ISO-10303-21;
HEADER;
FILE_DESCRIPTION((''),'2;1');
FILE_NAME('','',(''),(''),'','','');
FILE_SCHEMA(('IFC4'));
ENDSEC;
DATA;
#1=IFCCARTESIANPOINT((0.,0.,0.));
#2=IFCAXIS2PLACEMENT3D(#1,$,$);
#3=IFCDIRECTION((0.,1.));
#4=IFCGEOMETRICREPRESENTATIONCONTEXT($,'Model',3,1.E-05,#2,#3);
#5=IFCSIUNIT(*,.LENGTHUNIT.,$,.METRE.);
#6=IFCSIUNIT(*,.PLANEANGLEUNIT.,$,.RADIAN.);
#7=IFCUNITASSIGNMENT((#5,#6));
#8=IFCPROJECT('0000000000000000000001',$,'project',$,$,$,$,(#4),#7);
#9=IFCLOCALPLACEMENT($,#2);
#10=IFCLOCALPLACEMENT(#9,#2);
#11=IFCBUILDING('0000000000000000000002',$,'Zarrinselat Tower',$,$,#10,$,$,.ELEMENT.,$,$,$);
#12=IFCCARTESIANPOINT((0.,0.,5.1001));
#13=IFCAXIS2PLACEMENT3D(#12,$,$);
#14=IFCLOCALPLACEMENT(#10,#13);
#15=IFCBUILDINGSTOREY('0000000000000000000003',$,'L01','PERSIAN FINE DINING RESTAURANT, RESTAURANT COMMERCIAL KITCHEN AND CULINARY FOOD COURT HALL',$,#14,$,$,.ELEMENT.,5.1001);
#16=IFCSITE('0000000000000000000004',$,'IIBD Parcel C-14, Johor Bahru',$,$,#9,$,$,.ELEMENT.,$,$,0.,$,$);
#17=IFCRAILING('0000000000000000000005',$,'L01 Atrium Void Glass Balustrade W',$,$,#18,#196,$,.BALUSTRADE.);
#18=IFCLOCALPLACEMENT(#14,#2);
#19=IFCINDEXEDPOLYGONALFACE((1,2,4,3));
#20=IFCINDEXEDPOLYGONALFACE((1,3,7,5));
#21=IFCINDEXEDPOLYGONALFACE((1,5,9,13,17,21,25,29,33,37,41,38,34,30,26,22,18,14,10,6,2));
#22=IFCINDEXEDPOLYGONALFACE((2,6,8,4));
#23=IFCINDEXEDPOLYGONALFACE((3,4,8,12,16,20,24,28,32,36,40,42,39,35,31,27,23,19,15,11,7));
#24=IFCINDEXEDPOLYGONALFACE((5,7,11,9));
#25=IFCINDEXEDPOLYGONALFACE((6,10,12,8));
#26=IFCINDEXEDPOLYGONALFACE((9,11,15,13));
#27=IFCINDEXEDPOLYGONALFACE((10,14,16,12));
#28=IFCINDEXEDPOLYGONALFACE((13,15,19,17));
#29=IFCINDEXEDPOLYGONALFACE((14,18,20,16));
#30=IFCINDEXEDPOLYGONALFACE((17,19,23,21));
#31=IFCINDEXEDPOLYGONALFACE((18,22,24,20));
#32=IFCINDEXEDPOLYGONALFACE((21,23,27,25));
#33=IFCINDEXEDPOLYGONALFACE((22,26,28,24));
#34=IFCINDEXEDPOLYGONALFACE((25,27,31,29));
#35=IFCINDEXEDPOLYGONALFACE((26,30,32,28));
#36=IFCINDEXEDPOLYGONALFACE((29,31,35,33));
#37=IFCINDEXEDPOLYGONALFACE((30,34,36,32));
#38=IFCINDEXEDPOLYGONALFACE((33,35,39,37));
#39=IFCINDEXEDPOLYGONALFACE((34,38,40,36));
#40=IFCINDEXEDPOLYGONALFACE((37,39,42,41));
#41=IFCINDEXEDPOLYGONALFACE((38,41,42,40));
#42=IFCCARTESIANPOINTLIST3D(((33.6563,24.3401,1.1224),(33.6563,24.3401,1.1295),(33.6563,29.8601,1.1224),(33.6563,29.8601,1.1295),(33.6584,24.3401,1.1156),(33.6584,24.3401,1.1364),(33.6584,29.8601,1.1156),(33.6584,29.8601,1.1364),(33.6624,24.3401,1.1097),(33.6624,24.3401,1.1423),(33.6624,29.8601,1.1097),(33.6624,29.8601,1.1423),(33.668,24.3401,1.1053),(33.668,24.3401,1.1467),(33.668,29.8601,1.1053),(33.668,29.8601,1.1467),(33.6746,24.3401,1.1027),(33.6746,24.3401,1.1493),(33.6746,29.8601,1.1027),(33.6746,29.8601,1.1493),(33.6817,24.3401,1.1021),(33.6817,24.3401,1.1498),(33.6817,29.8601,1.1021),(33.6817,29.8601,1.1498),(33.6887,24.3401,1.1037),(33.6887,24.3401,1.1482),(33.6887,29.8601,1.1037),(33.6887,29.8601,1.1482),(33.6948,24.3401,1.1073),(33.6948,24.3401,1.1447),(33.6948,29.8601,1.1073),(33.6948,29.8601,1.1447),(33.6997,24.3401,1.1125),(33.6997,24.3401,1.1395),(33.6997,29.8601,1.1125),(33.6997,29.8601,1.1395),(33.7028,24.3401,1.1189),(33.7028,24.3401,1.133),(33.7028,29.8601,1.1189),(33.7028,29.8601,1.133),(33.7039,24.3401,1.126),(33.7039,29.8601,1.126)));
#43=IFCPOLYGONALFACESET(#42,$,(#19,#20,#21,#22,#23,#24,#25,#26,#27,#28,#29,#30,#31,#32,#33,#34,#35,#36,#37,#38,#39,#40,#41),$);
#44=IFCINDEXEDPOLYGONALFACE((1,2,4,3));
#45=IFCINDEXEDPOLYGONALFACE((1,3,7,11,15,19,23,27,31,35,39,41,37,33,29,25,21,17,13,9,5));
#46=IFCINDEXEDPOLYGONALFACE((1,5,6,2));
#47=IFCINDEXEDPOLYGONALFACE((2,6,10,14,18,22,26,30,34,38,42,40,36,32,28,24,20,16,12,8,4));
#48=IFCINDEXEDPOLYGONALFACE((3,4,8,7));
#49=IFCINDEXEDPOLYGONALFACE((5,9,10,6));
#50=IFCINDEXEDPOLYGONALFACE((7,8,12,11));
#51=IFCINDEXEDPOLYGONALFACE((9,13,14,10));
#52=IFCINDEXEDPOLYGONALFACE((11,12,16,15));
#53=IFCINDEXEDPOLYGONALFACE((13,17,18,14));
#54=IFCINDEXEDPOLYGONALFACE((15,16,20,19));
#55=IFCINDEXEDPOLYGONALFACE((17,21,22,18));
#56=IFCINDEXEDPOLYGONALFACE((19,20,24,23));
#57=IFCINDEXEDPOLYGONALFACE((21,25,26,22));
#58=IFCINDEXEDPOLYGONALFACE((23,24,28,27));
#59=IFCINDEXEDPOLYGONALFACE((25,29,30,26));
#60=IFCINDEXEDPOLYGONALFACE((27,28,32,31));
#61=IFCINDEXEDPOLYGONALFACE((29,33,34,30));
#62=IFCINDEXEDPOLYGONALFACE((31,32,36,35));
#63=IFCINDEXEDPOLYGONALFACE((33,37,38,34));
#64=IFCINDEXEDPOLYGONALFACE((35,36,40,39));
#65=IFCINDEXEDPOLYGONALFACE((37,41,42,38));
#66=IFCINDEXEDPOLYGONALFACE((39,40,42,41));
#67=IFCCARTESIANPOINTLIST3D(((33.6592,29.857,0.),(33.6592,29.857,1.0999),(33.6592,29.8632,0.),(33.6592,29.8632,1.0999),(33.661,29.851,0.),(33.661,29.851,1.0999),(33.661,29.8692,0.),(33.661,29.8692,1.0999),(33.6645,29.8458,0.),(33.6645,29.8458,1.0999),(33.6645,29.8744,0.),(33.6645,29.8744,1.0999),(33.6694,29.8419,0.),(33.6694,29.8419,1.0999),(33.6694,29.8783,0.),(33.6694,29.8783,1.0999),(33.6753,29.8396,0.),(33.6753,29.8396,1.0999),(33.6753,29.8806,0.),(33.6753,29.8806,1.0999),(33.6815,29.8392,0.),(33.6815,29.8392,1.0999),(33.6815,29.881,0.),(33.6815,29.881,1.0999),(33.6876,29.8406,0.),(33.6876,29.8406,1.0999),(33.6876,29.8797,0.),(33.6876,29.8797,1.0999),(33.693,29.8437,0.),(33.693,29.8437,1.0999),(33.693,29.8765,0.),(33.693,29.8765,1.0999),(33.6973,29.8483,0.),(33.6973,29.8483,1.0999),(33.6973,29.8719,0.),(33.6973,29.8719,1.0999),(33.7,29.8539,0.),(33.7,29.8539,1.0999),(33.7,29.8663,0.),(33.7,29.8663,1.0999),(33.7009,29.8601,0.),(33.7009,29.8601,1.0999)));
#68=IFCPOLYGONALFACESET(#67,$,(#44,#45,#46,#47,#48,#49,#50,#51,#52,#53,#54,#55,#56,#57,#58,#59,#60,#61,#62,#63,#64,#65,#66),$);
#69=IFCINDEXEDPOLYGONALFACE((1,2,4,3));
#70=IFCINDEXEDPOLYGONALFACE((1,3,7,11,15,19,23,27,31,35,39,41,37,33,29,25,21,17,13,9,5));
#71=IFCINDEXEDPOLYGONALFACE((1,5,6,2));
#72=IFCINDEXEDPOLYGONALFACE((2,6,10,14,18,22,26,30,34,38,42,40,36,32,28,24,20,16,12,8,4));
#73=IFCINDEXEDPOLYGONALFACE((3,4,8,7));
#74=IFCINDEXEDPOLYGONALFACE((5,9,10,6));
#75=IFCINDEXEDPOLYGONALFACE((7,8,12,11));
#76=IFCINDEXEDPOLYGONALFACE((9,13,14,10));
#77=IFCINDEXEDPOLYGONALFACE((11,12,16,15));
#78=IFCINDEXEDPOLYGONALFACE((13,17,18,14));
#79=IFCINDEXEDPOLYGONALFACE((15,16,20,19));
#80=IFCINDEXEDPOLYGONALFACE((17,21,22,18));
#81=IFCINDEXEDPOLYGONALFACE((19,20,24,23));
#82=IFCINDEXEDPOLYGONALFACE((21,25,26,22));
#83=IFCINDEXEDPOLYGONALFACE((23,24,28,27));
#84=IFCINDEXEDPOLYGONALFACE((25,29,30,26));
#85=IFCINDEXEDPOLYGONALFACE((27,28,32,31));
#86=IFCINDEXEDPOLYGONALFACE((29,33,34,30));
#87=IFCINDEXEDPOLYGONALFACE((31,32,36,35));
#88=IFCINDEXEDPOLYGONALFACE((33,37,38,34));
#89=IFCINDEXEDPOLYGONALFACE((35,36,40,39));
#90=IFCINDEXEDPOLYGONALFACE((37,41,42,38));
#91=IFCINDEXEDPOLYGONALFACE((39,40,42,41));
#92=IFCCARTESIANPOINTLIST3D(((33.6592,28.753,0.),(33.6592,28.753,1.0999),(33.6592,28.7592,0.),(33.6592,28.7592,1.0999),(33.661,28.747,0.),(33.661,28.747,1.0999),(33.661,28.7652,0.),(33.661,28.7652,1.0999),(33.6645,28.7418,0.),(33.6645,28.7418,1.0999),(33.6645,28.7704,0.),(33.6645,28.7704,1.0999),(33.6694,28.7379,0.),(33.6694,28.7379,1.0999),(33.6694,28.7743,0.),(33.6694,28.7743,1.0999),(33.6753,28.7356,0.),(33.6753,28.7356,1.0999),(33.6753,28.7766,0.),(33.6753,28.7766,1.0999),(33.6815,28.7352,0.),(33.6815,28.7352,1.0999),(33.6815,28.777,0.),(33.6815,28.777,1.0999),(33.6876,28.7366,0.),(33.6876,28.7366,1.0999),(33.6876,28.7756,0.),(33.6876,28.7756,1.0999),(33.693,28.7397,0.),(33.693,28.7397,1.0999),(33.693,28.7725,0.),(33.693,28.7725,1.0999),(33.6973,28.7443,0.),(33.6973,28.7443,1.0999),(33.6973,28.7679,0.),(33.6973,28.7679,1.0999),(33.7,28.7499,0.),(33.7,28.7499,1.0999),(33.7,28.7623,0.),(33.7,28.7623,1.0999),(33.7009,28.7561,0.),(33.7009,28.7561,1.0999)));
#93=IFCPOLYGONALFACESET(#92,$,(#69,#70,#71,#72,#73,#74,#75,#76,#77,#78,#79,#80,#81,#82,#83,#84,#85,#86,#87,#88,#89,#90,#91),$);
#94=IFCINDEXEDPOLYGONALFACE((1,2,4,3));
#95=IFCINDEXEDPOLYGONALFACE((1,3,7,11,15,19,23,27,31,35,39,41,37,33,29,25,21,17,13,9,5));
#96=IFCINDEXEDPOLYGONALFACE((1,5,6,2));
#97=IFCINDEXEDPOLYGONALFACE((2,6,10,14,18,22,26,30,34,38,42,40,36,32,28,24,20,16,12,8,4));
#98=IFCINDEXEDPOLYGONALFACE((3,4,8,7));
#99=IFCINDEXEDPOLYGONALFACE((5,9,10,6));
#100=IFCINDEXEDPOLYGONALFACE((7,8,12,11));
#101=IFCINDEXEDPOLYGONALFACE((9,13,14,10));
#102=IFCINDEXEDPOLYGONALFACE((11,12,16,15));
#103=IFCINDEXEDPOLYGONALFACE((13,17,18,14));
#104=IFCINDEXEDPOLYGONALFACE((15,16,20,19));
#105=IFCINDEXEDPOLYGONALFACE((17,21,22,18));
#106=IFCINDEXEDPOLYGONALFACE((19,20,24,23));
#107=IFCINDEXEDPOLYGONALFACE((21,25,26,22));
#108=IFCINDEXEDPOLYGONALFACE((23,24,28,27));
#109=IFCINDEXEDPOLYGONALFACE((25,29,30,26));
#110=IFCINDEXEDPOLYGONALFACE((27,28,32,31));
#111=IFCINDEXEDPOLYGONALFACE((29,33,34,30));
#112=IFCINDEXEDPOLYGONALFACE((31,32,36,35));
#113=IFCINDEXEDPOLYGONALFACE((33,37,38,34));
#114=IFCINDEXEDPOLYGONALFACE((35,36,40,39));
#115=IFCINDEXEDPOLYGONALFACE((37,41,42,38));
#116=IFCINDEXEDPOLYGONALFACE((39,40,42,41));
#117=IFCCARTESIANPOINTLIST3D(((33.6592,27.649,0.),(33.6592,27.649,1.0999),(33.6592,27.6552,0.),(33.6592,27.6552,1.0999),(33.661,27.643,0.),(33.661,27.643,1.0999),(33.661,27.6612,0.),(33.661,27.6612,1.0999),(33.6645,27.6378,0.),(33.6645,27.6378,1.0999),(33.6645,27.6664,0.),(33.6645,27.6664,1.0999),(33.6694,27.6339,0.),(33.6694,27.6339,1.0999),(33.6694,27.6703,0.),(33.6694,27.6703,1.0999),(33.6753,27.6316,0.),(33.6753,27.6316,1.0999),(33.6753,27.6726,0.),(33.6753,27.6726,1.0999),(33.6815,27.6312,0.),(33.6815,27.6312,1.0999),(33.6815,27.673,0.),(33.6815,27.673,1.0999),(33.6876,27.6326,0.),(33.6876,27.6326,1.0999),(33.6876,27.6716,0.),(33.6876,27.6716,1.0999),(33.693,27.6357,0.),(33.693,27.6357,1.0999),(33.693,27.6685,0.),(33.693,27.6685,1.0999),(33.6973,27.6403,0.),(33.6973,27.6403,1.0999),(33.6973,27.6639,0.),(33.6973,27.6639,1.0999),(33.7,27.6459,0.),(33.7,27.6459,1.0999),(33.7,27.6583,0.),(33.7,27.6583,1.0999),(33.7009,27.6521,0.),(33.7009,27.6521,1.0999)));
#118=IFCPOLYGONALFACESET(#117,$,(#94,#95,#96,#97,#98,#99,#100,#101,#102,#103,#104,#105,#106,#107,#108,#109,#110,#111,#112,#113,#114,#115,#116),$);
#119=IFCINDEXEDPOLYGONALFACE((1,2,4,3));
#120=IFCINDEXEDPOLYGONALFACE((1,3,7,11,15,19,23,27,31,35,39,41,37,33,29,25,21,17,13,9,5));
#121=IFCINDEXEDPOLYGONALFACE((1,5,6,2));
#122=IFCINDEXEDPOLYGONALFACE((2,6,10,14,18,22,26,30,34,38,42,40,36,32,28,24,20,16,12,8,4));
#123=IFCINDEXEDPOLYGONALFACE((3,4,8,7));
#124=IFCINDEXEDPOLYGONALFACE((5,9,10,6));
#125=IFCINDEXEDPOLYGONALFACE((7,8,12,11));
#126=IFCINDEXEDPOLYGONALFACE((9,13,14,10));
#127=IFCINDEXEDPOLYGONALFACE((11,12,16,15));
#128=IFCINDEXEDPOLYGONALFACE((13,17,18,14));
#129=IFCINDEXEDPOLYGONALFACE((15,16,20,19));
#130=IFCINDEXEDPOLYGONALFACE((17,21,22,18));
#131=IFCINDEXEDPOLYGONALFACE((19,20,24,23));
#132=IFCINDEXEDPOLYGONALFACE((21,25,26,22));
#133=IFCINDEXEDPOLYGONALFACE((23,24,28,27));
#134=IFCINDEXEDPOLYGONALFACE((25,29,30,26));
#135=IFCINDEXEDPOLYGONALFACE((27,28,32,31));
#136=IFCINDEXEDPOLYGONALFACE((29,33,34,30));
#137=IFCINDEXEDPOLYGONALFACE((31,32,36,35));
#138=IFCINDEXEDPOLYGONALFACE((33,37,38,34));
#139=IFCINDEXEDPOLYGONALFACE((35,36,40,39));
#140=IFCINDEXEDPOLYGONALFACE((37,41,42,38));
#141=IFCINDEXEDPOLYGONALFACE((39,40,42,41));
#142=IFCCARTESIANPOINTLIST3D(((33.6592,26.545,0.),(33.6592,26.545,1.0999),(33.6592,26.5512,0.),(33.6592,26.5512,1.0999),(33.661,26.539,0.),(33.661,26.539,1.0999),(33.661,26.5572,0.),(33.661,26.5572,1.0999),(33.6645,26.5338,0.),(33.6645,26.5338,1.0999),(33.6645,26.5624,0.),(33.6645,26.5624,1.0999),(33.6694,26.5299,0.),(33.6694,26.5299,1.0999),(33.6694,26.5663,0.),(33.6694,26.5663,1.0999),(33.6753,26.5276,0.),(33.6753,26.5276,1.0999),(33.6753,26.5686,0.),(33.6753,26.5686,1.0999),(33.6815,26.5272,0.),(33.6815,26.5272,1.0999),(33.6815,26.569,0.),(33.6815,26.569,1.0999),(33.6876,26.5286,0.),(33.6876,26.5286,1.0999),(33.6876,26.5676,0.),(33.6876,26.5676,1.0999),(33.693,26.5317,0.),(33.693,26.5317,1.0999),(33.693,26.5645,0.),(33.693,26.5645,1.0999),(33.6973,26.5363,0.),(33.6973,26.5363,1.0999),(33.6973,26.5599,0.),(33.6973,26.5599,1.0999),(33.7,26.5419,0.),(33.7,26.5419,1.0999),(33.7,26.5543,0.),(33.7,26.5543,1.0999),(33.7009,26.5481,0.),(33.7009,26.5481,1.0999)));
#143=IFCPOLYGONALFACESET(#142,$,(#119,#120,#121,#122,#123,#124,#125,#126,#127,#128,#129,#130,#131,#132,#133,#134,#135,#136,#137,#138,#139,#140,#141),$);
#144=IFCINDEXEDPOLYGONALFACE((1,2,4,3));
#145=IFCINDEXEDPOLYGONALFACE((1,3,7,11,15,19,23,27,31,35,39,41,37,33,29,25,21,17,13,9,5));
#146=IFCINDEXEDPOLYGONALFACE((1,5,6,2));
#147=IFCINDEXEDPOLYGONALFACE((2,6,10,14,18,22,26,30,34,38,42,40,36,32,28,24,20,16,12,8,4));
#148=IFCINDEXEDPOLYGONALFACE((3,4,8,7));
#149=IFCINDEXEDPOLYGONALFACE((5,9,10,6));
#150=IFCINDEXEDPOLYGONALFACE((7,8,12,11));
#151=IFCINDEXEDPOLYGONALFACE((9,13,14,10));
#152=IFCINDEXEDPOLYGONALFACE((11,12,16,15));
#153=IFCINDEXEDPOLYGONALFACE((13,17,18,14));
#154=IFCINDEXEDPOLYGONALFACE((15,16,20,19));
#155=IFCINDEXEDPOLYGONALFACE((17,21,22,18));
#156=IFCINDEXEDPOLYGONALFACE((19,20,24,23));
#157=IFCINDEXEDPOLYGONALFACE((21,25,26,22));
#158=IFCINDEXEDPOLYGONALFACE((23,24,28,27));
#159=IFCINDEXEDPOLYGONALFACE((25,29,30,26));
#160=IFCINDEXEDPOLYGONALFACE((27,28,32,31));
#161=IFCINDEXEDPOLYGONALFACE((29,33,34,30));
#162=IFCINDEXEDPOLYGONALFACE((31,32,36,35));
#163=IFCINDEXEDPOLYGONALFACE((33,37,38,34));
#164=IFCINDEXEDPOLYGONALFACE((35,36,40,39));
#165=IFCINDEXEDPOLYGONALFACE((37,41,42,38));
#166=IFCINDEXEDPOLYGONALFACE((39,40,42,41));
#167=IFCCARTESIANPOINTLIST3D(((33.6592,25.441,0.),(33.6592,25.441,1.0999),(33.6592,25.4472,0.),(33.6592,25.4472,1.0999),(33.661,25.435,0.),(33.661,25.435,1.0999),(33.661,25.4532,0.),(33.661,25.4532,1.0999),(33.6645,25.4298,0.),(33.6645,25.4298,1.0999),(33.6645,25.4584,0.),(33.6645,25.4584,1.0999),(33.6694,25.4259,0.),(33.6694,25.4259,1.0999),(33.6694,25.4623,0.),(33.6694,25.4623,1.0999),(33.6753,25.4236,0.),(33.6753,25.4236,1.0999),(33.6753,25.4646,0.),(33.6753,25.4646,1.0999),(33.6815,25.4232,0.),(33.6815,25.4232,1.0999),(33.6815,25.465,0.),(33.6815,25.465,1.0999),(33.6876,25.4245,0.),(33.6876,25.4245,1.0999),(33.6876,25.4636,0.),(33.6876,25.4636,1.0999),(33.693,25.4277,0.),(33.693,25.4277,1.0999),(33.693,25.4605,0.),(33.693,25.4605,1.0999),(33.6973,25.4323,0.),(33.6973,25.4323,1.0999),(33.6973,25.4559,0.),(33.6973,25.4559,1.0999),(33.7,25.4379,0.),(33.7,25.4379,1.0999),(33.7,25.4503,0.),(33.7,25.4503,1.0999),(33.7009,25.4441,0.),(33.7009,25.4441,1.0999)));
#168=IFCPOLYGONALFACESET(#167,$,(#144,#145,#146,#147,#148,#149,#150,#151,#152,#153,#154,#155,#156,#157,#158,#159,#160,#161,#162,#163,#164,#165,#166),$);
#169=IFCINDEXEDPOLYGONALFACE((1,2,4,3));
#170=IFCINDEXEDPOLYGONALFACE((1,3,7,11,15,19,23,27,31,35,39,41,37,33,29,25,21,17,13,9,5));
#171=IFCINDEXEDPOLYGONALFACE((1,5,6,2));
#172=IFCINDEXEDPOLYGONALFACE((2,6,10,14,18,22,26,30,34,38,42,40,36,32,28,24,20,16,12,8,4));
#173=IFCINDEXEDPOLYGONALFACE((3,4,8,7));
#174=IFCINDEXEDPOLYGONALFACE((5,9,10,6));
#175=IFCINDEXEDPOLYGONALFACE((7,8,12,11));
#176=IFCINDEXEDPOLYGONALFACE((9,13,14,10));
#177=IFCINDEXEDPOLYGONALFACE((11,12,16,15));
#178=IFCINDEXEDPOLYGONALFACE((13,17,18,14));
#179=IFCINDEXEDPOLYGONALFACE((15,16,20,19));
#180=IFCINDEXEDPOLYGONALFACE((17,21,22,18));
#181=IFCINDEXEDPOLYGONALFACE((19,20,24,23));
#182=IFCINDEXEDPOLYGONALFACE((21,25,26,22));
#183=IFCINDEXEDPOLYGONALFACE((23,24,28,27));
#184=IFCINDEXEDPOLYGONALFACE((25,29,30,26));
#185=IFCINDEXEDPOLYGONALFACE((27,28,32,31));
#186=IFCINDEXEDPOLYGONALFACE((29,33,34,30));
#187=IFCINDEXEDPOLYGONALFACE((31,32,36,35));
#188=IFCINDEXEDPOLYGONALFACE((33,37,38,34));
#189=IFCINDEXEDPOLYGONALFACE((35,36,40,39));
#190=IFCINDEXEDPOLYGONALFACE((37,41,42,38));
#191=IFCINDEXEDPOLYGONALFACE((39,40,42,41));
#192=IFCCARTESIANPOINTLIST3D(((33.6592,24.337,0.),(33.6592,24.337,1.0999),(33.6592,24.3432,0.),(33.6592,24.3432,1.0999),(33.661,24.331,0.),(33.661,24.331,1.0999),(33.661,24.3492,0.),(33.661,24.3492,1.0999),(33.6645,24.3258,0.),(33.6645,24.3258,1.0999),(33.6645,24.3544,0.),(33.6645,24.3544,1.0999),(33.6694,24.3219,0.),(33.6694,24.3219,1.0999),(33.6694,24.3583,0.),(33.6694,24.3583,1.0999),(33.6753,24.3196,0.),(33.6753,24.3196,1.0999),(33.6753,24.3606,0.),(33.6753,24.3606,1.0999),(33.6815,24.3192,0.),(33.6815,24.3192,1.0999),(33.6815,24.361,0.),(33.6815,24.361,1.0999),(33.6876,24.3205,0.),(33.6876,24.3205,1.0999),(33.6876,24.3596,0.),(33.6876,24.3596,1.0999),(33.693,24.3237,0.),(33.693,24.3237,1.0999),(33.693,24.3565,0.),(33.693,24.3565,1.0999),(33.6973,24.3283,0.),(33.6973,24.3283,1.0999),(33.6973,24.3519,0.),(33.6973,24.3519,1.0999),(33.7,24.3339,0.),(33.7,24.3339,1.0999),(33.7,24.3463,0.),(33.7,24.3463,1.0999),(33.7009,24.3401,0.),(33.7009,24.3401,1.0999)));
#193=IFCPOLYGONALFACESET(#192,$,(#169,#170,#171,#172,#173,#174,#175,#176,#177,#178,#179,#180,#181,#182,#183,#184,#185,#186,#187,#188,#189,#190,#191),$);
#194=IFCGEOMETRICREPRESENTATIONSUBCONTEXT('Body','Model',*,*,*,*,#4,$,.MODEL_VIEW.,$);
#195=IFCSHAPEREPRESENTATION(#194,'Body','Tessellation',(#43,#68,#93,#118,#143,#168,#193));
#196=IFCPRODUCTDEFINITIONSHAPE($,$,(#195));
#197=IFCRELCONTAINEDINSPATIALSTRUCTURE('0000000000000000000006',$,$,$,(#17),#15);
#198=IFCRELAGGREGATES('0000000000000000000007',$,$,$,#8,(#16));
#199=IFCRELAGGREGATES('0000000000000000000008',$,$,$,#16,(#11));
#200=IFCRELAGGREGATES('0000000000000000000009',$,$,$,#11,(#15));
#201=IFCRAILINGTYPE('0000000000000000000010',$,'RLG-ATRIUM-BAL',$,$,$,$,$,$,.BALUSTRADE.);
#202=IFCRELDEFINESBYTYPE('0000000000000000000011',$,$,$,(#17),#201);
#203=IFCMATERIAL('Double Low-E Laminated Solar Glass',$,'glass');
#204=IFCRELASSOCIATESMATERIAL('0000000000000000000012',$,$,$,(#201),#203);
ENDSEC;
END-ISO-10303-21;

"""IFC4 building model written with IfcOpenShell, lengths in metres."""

from ifc_helpers import new_model, si_unit, direction, frame, origin, origin_2d, place, context, subcontext, project, spatial, circle, extrude, material, type_object, element, save


model = new_model("IFC4")

# Units and contexts
model_context = context("Model", 3, precision=1e-05, world=origin(), true_north=direction((0.0, 1.0)))
body_context = subcontext(model_context, "Body", "Model", "MODEL_VIEW")
ifc_project = project(units=[si_unit("LENGTHUNIT", "METRE"), si_unit("PLANEANGLEUNIT", "RADIAN")], contexts=[model_context])

# Site, building, storey
site_placement = place(None, origin())
site = spatial("IfcSite", under=ifc_project, at=site_placement, Name="IIBD Parcel C-14, Johor Bahru", CompositionType="ELEMENT", RefElevation=0.0)
building_placement = place(site_placement, origin())
building = spatial("IfcBuilding", under=site, at=building_placement, Name="Zarrinselat Tower", CompositionType="ELEMENT")
storey_placement = place(building_placement, frame((0.0, 0.0, 5.1001)))
storey = spatial("IfcBuildingStorey", under=building, at=storey_placement, Name="L01", Description="PERSIAN FINE DINING RESTAURANT, RESTAURANT COMMERCIAL KITCHEN AND CULINARY FOOD COURT HALL", CompositionType="ELEMENT", Elevation=5.1001)

# Railing
ifc_material_1 = material(Name="Double Low-E Laminated Solar Glass", Category="glass")
railing_type = type_object("IfcRailingType", Name="RLG-ATRIUM-BAL", PredefinedType="BALUSTRADE", material=ifc_material_1)
railing_1_placement = place(storey_placement, frame((33.6799, 29.8601, 0.0)))
element("IfcRailing", 1, at=railing_1_placement, inside=storey, type_object=railing_type, Name="L01 Atrium Void Glass Balustrade W", PredefinedType="BALUSTRADE", context=body_context, shape_type="SweptSolid", body=[
    extrude(circle(Radius=0.0239, at=origin_2d()), frame((0.0, 0.0, 1.126), z_axis=(0.0, -1.0, 0.0), x_axis=(1.0, 0.0, 0.0)), (0.0, 0.0, 1.0), 5.52),
    extrude(circle(Radius=0.021, at=origin_2d()), origin(), (0.0, 0.0, 1.0), 1.0999),
    extrude(circle(Radius=0.021, at=origin_2d()), frame((0.0, -1.104, 0.0)), (0.0, 0.0, 1.0), 1.0999),
    extrude(circle(Radius=0.021, at=origin_2d()), frame((0.0, -2.208, 0.0)), (0.0, 0.0, 1.0), 1.0999),
    extrude(circle(Radius=0.021, at=origin_2d()), frame((0.0, -3.312, 0.0)), (0.0, 0.0, 1.0), 1.0999),
    extrude(circle(Radius=0.021, at=origin_2d()), frame((0.0, -4.416, 0.0)), (0.0, 0.0, 1.0), 1.0999),
    extrude(circle(Radius=0.021, at=origin_2d()), frame((0.0, -5.52, 0.0)), (0.0, 0.0, 1.0), 1.0999),
])

save(model, "model.ifc")
